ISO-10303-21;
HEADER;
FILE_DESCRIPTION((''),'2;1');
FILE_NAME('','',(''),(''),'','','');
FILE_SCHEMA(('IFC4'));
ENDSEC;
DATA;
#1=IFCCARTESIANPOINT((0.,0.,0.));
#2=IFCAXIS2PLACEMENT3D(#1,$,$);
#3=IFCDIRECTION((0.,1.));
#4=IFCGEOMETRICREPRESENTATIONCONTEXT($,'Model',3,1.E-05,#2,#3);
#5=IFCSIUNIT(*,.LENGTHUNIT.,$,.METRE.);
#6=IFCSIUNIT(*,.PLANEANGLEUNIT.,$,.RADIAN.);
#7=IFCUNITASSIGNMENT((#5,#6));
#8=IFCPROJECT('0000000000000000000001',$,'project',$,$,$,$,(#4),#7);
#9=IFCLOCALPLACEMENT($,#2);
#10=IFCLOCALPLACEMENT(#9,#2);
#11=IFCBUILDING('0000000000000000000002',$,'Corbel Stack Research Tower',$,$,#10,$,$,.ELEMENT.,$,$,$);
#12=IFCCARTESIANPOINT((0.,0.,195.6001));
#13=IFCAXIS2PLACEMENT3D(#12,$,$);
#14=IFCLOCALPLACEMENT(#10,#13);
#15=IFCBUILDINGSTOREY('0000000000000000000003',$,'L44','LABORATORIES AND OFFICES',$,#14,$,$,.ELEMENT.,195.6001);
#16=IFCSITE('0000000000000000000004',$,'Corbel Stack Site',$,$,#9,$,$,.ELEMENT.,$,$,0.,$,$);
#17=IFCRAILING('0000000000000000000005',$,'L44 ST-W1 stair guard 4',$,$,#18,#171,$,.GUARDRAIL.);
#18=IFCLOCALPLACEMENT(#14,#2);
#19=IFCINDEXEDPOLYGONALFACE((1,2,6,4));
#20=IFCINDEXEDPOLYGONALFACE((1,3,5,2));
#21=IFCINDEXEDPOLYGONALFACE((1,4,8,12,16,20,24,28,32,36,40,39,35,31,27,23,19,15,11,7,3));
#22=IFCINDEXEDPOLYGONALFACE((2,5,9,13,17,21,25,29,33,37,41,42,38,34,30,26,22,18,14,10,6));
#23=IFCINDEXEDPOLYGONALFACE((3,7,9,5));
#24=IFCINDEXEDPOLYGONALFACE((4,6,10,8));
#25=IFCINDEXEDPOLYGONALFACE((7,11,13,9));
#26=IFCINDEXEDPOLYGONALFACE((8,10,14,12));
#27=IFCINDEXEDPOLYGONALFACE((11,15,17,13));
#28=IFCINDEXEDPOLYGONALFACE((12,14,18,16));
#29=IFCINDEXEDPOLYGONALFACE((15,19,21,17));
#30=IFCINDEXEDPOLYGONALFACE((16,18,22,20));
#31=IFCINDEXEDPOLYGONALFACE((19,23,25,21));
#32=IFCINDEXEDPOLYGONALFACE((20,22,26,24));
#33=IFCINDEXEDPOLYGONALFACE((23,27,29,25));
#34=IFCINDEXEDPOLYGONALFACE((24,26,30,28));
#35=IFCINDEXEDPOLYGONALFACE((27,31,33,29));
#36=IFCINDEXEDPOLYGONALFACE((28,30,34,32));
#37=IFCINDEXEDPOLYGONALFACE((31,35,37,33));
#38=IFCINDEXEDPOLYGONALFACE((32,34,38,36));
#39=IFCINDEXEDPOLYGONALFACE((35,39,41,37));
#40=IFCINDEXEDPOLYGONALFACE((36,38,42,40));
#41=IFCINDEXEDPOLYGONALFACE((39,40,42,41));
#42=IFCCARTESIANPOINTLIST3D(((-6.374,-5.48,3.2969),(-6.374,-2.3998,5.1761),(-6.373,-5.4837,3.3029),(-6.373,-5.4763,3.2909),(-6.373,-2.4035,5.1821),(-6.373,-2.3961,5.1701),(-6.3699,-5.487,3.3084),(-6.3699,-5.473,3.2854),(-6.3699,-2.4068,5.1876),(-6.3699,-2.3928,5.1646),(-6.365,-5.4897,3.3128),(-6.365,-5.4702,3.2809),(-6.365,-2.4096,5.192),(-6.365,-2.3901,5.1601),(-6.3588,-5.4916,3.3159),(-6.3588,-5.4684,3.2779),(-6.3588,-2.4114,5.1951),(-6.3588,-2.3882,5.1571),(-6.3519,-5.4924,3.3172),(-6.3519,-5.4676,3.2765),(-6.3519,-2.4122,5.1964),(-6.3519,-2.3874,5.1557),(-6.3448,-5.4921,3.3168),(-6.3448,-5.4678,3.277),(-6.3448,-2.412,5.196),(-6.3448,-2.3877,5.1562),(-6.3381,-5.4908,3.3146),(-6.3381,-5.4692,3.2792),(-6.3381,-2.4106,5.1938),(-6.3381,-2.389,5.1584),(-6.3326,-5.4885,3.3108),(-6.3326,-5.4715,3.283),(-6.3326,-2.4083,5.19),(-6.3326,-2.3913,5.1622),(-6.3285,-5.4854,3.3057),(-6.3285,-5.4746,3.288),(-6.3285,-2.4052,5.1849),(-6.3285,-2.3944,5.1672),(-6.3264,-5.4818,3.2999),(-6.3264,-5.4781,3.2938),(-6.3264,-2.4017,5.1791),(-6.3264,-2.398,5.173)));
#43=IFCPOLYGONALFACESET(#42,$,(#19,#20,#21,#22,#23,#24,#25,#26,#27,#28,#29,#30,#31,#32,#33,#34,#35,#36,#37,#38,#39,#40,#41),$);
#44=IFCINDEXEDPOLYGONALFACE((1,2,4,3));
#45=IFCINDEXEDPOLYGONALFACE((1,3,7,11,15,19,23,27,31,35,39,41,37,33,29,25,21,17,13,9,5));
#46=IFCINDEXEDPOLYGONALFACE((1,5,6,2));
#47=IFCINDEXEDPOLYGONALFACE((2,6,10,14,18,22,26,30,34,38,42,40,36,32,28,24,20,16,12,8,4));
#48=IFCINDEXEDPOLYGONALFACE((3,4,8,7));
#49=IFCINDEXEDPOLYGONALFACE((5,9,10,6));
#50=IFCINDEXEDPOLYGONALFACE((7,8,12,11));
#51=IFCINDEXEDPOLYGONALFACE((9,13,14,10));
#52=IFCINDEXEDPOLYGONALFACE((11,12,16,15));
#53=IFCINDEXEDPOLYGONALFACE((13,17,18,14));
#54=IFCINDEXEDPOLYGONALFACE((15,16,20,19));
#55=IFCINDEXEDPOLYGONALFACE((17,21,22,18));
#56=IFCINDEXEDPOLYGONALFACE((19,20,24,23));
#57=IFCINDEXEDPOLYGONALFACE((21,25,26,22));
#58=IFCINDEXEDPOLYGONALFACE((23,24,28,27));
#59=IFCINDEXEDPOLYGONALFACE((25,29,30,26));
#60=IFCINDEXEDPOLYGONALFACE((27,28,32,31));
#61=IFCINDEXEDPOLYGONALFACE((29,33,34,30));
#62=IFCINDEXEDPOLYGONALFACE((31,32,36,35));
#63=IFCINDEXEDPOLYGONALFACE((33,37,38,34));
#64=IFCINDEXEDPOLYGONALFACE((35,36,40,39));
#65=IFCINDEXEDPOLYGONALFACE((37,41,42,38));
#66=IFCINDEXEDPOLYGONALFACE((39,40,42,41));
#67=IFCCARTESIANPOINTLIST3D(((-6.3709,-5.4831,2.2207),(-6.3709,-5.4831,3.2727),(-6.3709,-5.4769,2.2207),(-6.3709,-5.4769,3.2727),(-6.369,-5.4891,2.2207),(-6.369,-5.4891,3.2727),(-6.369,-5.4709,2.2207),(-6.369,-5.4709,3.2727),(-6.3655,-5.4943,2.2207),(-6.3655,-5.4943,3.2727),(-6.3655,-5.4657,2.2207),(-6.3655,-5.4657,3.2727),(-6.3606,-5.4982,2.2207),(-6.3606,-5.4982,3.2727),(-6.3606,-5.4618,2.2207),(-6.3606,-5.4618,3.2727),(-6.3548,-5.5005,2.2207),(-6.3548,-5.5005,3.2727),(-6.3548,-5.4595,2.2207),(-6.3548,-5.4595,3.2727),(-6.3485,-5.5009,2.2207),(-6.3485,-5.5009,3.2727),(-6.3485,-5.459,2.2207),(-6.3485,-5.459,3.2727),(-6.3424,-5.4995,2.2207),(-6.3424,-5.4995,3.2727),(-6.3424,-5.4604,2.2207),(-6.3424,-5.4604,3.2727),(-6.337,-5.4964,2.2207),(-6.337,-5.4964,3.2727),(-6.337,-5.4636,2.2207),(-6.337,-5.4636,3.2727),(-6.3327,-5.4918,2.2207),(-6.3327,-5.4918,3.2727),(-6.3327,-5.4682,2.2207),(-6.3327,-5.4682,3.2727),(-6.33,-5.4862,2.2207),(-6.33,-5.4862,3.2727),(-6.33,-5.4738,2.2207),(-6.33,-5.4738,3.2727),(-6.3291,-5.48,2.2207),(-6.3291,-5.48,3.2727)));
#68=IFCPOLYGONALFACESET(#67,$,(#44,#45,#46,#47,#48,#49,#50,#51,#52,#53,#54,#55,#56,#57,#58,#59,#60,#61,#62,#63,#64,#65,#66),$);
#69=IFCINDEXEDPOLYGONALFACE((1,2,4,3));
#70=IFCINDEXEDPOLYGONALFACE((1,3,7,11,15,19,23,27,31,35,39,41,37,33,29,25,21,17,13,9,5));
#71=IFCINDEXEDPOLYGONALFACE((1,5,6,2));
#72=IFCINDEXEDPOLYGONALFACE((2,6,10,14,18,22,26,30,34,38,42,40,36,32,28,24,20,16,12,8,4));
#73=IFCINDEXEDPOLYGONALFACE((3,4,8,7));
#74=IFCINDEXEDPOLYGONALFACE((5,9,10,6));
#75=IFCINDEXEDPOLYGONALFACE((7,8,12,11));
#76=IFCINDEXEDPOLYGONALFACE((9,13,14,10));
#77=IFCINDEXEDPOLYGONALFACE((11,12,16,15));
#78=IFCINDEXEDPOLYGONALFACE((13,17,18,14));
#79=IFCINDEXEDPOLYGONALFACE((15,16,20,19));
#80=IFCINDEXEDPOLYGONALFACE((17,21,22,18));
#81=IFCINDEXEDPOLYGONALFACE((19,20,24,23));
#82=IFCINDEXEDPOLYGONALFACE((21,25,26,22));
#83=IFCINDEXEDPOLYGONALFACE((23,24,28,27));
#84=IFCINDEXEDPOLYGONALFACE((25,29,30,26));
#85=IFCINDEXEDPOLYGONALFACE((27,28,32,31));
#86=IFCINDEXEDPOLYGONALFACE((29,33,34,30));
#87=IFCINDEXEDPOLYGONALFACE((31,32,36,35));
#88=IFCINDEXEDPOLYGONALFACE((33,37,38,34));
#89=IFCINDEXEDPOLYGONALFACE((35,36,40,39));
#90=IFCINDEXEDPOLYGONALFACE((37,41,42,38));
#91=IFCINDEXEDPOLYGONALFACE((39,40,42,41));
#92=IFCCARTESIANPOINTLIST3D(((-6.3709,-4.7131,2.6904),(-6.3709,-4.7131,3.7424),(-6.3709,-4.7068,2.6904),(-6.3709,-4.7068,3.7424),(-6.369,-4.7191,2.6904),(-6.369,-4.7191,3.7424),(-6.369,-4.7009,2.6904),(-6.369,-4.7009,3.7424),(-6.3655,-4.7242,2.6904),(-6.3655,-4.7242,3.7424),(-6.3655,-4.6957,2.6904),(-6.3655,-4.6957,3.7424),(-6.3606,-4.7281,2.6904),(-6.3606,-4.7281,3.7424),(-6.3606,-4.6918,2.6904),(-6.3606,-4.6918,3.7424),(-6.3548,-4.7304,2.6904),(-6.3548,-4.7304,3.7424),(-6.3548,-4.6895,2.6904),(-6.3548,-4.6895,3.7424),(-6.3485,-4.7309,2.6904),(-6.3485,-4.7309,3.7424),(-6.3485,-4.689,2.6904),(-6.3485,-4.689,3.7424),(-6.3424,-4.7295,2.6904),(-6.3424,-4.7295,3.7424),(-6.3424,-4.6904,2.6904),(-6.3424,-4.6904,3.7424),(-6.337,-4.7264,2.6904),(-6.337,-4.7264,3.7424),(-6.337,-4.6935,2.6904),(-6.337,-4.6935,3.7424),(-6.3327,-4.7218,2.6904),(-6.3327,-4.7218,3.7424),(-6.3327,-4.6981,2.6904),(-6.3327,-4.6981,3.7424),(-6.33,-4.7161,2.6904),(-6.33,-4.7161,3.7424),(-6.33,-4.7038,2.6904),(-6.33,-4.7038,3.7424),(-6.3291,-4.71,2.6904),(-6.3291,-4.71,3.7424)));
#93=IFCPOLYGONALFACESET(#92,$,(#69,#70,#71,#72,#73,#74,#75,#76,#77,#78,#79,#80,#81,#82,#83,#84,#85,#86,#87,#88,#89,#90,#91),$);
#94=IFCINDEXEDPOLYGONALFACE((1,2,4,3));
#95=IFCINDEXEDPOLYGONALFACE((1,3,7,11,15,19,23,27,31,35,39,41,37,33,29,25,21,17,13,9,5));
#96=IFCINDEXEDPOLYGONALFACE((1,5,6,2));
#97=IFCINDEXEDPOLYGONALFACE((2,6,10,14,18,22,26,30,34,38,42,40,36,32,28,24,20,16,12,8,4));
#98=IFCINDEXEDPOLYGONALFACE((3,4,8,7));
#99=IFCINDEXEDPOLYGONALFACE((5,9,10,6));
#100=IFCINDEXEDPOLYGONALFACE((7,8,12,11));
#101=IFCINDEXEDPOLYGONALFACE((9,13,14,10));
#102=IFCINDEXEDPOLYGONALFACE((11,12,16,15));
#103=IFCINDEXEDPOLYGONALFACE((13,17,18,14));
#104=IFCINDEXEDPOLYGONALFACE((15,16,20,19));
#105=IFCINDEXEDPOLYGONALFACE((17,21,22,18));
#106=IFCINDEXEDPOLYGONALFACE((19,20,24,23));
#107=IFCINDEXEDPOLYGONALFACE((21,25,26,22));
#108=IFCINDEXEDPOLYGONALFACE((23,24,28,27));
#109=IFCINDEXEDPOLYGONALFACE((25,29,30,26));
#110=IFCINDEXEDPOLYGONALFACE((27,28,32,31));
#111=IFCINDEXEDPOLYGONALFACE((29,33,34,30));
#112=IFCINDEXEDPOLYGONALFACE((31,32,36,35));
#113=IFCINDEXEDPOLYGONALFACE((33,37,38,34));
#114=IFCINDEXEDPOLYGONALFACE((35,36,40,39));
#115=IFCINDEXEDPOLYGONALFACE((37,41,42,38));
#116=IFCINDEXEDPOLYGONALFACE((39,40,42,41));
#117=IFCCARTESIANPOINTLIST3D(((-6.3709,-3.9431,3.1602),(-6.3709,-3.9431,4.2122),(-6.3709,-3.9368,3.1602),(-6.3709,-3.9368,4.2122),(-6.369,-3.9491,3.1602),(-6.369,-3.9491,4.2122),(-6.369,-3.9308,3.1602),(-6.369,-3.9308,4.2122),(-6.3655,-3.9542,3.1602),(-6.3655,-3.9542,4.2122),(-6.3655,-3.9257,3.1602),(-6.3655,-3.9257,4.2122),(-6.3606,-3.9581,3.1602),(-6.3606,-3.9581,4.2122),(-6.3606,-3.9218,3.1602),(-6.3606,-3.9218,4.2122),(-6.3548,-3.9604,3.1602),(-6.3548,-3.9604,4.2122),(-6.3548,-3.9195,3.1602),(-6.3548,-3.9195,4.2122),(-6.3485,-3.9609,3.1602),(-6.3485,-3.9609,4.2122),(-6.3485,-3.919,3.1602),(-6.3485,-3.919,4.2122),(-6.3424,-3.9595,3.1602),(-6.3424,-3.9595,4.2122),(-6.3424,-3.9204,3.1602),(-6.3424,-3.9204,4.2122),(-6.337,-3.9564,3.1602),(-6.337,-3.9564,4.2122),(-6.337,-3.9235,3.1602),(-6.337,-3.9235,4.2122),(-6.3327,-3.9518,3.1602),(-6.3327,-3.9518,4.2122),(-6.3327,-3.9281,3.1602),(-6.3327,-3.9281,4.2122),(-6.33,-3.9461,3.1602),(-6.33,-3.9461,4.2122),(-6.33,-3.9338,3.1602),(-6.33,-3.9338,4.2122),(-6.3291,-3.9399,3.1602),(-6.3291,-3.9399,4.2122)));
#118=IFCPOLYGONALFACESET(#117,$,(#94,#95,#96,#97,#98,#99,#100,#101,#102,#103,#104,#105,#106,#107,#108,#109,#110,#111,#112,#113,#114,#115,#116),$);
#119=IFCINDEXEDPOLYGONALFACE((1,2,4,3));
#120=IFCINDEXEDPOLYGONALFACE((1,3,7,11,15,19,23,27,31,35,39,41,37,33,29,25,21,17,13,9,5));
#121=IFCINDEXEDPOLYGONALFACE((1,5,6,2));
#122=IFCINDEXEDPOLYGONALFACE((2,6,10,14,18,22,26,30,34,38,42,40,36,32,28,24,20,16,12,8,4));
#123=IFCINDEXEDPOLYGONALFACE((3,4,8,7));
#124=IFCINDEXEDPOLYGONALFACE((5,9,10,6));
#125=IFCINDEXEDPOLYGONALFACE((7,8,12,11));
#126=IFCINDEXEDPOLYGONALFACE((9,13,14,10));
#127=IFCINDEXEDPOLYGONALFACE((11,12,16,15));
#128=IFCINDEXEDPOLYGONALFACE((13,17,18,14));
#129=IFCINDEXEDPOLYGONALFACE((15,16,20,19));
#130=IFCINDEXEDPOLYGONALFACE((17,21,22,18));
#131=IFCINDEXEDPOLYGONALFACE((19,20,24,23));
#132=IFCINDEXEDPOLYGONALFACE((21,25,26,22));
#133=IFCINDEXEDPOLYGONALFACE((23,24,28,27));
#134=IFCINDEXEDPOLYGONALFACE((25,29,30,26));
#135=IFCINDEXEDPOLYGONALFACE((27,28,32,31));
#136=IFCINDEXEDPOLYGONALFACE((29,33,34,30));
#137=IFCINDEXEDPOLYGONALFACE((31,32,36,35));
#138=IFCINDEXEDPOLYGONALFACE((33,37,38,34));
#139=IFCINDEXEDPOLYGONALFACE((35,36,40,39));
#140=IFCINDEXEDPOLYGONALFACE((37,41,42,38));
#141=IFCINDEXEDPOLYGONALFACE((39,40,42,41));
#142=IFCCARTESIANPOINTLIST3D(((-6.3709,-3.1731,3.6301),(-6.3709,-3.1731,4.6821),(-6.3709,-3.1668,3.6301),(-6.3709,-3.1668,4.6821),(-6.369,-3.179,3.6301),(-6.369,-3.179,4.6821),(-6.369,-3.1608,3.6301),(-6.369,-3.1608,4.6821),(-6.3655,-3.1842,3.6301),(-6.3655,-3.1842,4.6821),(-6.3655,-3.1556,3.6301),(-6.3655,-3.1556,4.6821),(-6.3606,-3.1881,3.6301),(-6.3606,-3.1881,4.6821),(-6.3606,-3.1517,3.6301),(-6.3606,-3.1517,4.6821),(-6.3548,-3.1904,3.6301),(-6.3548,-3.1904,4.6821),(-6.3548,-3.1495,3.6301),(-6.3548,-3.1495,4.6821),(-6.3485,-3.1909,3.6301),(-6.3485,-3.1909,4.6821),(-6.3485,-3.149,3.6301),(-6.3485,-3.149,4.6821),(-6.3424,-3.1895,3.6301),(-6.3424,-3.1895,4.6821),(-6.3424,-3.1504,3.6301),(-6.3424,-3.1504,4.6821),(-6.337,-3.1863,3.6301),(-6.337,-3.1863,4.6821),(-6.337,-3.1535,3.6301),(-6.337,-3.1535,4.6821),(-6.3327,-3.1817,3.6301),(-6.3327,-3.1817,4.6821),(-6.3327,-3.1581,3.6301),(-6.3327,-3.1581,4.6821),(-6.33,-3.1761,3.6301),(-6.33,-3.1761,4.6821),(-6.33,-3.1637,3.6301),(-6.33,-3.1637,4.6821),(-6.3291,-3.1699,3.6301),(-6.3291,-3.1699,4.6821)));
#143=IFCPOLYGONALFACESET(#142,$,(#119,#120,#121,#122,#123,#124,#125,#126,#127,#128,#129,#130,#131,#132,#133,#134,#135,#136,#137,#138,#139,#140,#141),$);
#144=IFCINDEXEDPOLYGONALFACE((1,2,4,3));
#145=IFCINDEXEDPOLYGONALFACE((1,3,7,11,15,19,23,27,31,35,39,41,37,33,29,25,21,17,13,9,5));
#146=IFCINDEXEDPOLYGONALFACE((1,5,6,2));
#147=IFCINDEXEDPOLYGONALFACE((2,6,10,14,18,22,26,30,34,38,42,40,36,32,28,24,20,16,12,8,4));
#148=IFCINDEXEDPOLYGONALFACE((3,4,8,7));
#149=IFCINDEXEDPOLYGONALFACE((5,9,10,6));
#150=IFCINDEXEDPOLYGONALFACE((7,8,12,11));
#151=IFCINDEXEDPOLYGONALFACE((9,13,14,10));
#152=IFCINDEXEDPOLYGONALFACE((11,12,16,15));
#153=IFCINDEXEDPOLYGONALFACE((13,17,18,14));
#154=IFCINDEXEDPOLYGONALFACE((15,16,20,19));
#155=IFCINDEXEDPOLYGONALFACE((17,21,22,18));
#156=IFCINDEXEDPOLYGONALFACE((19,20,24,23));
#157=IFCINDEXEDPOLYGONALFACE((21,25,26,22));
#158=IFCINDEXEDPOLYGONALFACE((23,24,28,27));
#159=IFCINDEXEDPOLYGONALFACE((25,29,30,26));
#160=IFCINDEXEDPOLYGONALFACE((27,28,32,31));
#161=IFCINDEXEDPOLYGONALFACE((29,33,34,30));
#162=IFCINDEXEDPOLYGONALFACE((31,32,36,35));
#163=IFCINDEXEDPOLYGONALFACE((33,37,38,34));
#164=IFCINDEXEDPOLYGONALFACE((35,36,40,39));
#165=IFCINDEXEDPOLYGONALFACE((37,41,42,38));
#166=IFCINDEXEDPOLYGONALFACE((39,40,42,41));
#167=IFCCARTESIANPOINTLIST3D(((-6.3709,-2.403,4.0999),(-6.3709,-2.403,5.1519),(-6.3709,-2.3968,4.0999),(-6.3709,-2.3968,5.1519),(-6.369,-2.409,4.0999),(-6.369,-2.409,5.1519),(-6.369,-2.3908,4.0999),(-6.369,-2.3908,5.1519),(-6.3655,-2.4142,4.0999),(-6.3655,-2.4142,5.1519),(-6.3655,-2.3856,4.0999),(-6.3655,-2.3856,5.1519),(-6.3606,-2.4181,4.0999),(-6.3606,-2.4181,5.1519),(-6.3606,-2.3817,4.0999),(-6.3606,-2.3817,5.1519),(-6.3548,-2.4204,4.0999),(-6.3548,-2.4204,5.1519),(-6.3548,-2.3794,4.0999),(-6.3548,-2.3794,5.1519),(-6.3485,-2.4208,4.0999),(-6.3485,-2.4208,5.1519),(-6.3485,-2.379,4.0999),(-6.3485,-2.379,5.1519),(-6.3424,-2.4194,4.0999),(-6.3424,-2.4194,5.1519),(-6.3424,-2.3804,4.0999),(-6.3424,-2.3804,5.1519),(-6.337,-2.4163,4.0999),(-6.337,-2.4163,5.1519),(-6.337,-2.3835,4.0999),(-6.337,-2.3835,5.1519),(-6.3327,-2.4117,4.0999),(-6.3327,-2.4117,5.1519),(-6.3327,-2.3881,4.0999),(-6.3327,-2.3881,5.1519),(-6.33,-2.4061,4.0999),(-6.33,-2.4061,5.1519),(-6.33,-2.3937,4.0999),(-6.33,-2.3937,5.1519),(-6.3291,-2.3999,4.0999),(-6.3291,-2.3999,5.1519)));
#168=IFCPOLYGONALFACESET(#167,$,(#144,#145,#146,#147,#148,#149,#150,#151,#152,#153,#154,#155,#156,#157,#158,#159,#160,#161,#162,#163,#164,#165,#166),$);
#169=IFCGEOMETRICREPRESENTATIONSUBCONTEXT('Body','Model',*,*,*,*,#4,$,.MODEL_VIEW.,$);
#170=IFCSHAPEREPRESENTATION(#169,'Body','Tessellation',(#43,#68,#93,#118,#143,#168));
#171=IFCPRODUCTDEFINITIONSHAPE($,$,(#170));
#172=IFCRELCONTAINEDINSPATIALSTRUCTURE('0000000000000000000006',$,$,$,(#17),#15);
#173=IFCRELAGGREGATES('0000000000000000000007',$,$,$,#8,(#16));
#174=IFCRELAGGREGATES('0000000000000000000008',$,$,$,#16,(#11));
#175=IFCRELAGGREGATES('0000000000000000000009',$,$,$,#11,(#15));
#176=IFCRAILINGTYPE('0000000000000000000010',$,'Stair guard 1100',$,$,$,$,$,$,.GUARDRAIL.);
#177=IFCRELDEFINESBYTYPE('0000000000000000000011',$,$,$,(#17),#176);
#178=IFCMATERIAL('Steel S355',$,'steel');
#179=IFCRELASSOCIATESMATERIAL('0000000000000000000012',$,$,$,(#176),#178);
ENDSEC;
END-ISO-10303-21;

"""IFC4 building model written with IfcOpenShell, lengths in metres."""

from ifc_helpers import new_model, si_unit, direction, frame, origin, origin_2d, place, context, subcontext, project, spatial, circle, extrude, material, type_object, element, save


model = new_model("IFC4")

# Units and contexts
model_context = context("Model", 3, precision=1e-05, world=origin(), true_north=direction((0.0, 1.0)))
body_context = subcontext(model_context, "Body", "Model", "MODEL_VIEW")
ifc_project = project(units=[si_unit("LENGTHUNIT", "METRE"), si_unit("PLANEANGLEUNIT", "RADIAN")], contexts=[model_context])

# Site, building, storey
site_placement = place(None, origin())
site = spatial("IfcSite", under=ifc_project, at=site_placement, Name="Corbel Stack Site", CompositionType="ELEMENT", RefElevation=0.0)
building_placement = place(site_placement, origin())
building = spatial("IfcBuilding", under=site, at=building_placement, Name="Corbel Stack Research Tower", CompositionType="ELEMENT")
storey_placement = place(building_placement, frame((0.0, 0.0, 195.6001)))
storey = spatial("IfcBuildingStorey", under=building, at=storey_placement, Name="L44", Description="LABORATORIES AND OFFICES", CompositionType="ELEMENT", Elevation=195.6001)

# Railing
ifc_material_1 = material(Name="Steel S355", Category="steel")
railing_type_1 = type_object("IfcRailingType", Name="Stair guard 1100", PredefinedType="GUARDRAIL", material=ifc_material_1)
railing_1_placement = place(storey_placement, frame((-6.3501, -5.48, 2.2207)))
element("IfcRailing", 1, at=railing_1_placement, inside=storey, type_object=railing_type_1, Name="L44 ST-W1 stair guard 4", PredefinedType="GUARDRAIL", context=body_context, shape_type="SweptSolid", body=[
    extrude(circle(Radius=0.0239, at=origin_2d()), frame((0.0, 0.0, 1.0762), z_axis=(0.0, 0.853666, 0.52082), x_axis=(-1.0, 0.0, 0.0)), (0.0, 0.0, 1.0), 3.6082),
    extrude(circle(Radius=0.021, at=origin_2d()), origin(), (0.0, 0.0, 1.0), 1.052),
    extrude(circle(Radius=0.021, at=origin_2d()), frame((0.0, 0.77, 0.4697)), (0.0, 0.0, 1.0), 1.052),
    extrude(circle(Radius=0.021, at=origin_2d()), frame((0.0, 1.54, 0.9395)), (0.0, 0.0, 1.0), 1.052),
    extrude(circle(Radius=0.021, at=origin_2d()), frame((0.0, 2.3101, 1.4094)), (0.0, 0.0, 1.0), 1.052),
    extrude(circle(Radius=0.021, at=origin_2d()), frame((0.0, 3.0801, 1.8792)), (0.0, 0.0, 1.0), 1.052),
])

save(model, "model.ifc")
